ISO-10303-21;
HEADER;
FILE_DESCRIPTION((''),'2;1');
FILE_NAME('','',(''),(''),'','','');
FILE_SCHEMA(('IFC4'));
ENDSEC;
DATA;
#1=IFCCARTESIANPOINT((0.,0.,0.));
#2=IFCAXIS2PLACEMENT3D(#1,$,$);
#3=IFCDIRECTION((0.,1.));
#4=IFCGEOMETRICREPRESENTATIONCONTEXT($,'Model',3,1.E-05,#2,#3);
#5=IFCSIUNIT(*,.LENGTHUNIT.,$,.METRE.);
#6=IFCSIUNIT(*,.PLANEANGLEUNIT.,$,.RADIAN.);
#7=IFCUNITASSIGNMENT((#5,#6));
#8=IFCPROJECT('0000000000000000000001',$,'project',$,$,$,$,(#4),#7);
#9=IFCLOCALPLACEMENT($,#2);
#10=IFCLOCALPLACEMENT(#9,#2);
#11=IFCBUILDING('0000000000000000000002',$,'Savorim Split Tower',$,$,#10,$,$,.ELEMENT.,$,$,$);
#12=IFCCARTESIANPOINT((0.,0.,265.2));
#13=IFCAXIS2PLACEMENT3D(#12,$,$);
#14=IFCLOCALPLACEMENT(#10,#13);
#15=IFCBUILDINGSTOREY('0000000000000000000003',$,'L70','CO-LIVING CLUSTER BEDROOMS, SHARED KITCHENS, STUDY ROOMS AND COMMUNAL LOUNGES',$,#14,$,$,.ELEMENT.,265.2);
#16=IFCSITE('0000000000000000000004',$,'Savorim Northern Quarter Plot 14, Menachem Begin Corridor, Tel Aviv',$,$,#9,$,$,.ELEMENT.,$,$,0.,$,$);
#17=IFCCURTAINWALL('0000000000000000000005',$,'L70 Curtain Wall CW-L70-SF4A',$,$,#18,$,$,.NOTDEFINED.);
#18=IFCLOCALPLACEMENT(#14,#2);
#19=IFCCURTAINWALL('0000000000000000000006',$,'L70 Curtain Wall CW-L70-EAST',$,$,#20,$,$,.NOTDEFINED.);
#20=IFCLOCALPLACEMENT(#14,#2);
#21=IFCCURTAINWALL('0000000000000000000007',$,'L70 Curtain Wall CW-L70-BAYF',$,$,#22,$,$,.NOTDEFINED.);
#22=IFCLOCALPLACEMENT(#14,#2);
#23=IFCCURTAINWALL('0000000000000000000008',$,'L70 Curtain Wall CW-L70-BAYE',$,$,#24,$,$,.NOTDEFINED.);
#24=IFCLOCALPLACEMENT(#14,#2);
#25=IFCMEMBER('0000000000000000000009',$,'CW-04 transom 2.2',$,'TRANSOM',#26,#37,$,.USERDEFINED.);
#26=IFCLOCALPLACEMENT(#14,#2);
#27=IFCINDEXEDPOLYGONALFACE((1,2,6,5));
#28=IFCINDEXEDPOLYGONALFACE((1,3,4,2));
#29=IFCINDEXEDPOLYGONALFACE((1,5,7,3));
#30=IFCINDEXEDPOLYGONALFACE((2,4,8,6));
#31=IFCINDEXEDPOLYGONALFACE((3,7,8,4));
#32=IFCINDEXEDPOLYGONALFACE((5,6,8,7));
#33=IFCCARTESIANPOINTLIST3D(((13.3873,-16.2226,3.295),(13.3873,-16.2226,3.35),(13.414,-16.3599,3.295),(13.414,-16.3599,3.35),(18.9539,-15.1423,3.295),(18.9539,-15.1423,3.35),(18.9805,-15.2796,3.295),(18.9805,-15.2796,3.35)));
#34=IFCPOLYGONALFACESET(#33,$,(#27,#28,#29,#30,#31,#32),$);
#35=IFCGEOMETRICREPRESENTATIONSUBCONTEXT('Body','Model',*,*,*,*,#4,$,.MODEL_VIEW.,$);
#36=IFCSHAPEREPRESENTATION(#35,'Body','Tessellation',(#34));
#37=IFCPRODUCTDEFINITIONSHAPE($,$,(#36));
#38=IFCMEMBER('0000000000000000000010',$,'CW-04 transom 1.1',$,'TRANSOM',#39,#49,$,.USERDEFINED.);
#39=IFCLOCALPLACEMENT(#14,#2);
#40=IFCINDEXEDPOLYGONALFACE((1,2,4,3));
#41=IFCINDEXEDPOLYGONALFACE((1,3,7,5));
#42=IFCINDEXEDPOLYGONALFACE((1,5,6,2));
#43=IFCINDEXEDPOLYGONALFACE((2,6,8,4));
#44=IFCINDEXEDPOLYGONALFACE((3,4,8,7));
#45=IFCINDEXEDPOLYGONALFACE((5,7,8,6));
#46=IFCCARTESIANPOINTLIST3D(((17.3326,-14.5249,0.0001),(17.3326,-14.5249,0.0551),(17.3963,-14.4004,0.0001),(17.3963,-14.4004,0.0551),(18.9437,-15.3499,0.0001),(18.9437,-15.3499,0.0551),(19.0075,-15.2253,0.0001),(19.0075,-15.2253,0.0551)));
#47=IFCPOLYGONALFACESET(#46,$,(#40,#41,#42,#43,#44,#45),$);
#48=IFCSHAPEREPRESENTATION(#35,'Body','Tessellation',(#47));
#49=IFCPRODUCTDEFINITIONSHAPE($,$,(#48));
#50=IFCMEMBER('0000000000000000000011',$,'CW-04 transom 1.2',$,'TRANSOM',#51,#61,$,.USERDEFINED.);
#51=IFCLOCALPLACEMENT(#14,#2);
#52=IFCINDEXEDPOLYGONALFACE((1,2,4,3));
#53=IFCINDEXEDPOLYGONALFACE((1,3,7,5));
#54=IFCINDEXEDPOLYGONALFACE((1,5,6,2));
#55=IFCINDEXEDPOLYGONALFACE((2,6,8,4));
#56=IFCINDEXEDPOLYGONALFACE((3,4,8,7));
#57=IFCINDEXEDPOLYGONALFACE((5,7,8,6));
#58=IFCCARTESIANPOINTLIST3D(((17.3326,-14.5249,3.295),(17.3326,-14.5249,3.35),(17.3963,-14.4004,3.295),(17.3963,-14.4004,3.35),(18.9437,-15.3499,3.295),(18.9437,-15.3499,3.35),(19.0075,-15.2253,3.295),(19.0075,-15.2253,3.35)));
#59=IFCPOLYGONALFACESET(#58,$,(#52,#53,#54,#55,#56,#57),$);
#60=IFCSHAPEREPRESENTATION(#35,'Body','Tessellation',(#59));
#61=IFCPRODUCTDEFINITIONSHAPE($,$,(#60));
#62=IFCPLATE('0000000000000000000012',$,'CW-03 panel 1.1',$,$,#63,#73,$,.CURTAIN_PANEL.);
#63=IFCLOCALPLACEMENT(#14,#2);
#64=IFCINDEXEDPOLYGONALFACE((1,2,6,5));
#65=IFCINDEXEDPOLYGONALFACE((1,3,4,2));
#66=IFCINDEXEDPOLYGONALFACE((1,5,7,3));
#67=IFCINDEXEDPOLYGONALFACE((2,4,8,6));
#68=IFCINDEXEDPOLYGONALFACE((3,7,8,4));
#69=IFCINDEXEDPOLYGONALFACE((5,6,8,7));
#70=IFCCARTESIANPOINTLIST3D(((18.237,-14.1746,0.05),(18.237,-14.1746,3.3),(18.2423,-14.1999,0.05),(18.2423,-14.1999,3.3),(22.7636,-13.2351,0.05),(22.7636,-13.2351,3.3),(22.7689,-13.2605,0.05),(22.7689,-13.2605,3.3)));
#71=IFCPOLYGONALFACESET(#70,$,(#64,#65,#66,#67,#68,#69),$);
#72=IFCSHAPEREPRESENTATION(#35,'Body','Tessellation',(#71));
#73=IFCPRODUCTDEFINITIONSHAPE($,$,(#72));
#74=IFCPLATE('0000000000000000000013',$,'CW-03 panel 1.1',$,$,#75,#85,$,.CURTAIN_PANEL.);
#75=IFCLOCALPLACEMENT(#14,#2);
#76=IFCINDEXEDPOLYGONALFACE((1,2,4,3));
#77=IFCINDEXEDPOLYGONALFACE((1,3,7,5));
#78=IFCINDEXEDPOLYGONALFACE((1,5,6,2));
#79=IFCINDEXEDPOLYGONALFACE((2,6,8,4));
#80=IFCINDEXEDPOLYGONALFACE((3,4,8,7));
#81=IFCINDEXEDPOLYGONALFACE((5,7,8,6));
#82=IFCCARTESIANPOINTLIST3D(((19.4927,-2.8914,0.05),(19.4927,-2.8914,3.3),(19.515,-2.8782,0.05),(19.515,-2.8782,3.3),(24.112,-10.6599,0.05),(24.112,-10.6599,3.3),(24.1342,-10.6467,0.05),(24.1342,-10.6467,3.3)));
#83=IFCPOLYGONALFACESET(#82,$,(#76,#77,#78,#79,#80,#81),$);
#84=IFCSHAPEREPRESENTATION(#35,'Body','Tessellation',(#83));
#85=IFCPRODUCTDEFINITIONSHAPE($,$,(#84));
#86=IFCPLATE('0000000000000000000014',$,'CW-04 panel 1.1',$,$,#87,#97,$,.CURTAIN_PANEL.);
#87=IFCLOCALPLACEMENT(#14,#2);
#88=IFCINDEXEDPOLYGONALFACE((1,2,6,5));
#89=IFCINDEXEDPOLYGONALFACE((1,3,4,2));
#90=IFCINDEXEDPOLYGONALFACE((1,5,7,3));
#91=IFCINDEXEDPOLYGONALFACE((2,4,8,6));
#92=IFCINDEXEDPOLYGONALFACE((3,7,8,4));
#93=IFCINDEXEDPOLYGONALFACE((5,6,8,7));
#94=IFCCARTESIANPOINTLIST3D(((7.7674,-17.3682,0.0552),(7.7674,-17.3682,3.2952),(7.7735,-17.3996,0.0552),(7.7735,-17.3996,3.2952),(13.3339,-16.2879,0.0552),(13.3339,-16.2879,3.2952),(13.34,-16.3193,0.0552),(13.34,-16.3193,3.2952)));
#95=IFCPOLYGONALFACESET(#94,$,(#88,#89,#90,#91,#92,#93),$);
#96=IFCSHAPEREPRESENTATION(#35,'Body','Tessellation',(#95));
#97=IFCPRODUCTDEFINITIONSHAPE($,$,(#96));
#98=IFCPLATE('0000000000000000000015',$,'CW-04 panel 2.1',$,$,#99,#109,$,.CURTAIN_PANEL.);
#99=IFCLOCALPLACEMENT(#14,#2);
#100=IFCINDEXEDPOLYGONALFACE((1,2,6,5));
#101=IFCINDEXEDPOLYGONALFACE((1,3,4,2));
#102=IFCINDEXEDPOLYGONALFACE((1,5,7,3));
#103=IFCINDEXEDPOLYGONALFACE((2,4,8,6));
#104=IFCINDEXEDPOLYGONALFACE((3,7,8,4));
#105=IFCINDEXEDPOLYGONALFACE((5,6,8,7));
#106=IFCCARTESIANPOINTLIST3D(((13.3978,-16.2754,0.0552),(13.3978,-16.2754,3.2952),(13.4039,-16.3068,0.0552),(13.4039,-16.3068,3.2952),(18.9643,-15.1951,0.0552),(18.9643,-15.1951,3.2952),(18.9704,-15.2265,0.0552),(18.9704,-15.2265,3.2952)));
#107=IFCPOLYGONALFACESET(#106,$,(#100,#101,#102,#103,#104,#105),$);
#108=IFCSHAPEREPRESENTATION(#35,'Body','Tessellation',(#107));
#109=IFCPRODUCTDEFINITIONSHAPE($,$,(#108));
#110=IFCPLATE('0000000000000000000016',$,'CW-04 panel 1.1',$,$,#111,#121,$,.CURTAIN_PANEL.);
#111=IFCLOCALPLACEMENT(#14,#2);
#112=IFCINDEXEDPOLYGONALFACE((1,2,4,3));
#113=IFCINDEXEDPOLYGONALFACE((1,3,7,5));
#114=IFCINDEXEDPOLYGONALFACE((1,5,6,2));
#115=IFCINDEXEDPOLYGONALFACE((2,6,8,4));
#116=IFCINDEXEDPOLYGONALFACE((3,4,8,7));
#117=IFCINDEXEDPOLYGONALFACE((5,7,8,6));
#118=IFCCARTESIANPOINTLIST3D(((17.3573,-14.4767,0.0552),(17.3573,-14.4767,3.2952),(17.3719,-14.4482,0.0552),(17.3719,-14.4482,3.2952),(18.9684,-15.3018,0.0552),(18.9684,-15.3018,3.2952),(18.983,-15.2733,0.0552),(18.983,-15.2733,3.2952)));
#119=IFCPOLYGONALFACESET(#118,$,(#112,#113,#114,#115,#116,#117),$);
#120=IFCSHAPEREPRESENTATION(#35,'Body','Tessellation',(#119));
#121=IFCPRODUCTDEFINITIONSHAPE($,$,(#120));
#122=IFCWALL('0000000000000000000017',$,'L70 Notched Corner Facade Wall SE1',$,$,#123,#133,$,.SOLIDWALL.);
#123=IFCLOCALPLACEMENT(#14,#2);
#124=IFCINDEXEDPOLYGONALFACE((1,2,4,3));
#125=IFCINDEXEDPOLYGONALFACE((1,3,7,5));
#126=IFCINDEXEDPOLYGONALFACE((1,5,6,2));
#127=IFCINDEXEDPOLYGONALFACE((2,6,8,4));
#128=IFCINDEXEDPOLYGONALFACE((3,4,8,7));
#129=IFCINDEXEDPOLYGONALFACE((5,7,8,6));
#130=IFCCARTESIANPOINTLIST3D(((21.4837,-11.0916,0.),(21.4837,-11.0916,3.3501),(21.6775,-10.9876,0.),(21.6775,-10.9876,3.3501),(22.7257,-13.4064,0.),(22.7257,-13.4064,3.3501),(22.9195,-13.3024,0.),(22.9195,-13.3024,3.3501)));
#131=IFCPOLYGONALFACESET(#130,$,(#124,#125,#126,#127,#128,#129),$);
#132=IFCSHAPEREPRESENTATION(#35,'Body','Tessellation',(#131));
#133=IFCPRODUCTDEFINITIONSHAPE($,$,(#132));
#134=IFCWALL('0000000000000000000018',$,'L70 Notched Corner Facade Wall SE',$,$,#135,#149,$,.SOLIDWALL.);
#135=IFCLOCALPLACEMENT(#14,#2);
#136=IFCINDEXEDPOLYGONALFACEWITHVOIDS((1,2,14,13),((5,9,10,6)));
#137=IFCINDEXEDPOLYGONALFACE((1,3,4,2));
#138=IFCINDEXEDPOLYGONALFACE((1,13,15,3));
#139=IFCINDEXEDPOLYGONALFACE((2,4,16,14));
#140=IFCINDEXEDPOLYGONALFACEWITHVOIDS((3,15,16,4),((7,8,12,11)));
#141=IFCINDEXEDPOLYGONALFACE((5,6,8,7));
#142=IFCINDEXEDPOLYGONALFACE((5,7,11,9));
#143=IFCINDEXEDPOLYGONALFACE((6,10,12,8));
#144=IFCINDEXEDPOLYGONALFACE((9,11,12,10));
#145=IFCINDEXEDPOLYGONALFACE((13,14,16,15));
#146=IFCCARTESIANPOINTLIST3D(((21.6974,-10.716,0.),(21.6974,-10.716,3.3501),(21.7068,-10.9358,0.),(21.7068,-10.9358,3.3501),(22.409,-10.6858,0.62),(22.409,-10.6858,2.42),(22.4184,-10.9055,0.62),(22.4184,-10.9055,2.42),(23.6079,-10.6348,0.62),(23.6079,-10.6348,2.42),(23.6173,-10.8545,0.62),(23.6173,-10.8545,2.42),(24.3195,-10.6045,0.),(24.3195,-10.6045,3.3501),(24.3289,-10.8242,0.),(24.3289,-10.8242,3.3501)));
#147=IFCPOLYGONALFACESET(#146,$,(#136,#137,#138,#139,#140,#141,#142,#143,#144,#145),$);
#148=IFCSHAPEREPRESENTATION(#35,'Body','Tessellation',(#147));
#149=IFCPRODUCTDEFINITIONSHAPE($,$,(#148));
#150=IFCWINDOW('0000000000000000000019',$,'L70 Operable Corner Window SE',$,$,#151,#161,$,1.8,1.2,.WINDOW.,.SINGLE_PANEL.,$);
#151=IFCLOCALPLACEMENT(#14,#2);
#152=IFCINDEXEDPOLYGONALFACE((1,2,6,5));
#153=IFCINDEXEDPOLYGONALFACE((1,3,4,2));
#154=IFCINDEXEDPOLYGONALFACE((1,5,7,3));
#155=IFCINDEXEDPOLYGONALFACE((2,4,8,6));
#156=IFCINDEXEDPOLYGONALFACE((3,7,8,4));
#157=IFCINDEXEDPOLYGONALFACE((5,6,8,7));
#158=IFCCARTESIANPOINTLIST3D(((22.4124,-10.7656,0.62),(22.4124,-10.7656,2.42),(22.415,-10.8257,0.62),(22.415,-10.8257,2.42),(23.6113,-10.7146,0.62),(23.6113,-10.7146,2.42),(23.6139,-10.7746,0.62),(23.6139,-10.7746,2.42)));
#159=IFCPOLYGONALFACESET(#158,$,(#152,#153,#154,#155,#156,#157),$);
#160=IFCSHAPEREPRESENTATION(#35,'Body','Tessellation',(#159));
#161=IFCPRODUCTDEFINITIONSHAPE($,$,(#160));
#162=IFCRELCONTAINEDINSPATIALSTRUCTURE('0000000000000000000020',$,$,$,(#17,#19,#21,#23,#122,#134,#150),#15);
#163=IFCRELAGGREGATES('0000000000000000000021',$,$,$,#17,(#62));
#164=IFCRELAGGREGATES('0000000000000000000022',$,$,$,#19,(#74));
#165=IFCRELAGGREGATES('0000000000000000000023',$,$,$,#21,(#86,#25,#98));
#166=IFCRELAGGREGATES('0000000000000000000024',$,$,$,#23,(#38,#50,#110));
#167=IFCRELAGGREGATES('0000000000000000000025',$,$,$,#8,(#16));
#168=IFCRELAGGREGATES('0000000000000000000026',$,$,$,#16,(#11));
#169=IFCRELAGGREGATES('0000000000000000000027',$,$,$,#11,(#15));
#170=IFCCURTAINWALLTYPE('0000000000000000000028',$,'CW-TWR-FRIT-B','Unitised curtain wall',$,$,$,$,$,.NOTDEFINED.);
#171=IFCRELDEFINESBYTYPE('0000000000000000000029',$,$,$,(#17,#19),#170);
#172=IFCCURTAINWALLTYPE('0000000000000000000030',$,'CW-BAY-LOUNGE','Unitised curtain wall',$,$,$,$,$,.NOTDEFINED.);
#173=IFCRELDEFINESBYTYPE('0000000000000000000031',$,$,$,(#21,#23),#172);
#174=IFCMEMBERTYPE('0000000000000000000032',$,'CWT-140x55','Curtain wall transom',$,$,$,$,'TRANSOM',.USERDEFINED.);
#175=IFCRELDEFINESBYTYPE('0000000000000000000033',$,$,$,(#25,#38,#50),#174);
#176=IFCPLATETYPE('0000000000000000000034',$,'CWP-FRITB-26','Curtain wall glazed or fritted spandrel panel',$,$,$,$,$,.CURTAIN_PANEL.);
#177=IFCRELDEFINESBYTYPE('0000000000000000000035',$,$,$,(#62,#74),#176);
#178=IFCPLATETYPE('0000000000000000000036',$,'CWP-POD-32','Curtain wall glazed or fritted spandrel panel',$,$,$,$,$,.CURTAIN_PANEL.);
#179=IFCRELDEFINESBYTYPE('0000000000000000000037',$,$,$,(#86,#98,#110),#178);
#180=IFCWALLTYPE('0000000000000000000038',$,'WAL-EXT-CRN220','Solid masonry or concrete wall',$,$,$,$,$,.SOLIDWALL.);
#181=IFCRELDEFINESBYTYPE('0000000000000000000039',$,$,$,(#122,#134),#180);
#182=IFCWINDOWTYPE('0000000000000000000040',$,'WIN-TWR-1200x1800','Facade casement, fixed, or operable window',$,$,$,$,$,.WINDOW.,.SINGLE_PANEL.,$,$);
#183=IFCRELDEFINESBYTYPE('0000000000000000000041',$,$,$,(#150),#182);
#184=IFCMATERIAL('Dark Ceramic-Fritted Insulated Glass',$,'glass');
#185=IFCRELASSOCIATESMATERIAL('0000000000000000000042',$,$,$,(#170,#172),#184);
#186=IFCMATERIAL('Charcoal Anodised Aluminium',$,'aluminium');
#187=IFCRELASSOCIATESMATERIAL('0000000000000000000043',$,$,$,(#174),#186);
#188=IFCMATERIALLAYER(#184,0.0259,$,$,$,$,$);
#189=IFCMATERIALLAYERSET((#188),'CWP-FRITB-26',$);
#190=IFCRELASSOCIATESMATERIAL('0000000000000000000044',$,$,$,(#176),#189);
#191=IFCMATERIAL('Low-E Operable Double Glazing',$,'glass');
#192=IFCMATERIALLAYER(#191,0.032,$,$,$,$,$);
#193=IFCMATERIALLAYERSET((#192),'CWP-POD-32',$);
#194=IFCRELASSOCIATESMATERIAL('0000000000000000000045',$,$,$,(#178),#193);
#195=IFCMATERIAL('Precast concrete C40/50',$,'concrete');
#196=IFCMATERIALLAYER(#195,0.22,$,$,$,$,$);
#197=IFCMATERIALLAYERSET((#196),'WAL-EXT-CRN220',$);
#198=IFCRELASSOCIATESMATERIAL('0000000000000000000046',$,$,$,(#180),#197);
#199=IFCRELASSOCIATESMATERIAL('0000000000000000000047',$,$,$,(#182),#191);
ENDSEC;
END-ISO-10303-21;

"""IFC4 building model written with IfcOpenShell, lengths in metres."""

from ifc_helpers import new_model, si_unit, direction, frame, frame_2d, origin, origin_2d, place, context, subcontext, project, spatial, rectangle, extrude, material, layer, layer_set, material_profile, profile_set, type_object, element, fill, aggregate, save


model = new_model("IFC4")

# Units and contexts
model_context = context("Model", 3, precision=1e-05, world=origin(), true_north=direction((0.0, 1.0)))
body_context = subcontext(model_context, "Body", "Model", "MODEL_VIEW")
ifc_project = project(units=[si_unit("LENGTHUNIT", "METRE"), si_unit("PLANEANGLEUNIT", "RADIAN")], contexts=[model_context])

# Site, building, storey
site_placement = place(None, origin())
site = spatial("IfcSite", under=ifc_project, at=site_placement, Name="Savorim Northern Quarter Plot 14, Menachem Begin Corridor, Tel Aviv", CompositionType="ELEMENT", RefElevation=0.0)
building_placement = place(site_placement, origin())
building = spatial("IfcBuilding", under=site, at=building_placement, Name="Savorim Split Tower", CompositionType="ELEMENT")
storey_placement = place(building_placement, frame((0.0, 0.0, 265.2)))
storey = spatial("IfcBuildingStorey", under=building, at=storey_placement, Name="L70", Description="CO-LIVING CLUSTER BEDROOMS, SHARED KITCHENS, STUDY ROOMS AND COMMUNAL LOUNGES", CompositionType="ELEMENT", Elevation=265.2)

# Curtain walls
ifc_material_1 = material(Name="Dark Ceramic-Fritted Insulated Glass", Category="glass")
curtain_wall_type_1 = type_object("IfcCurtainWallType", Name="CW-TWR-FRIT-B", Description="Unitised curtain wall", PredefinedType="NOTDEFINED", material=ifc_material_1)
curtain_wall_1_placement = place(storey_placement, origin())
curtain_wall_1 = element("IfcCurtainWall", 1, at=curtain_wall_1_placement, inside=storey, type_object=curtain_wall_type_1, Name="L70 Curtain Wall CW-L70-SF4A", PredefinedType="NOTDEFINED")
ifc_material_2 = material(Name="Charcoal Anodised Aluminium", Category="aluminium")
curtain_wall_2_placement = place(storey_placement, origin())
curtain_wall_2 = element("IfcCurtainWall", 2, at=curtain_wall_2_placement, inside=storey, type_object=curtain_wall_type_1, Name="L70 Curtain Wall CW-L70-EAST", PredefinedType="NOTDEFINED")
curtain_wall_type_2 = type_object("IfcCurtainWallType", Name="CW-BAY-LOUNGE", Description="Unitised curtain wall", PredefinedType="NOTDEFINED", material=ifc_material_1)
curtain_wall_3_placement = place(storey_placement, origin())
curtain_wall_3 = element("IfcCurtainWall", 3, at=curtain_wall_3_placement, inside=storey, type_object=curtain_wall_type_2, Name="L70 Curtain Wall CW-L70-BAYF", PredefinedType="NOTDEFINED")
curtain_wall_4_placement = place(storey_placement, origin())
curtain_wall_4 = element("IfcCurtainWall", 4, at=curtain_wall_4_placement, inside=storey, type_object=curtain_wall_type_2, Name="L70 Curtain Wall CW-L70-BAYE", PredefinedType="NOTDEFINED")

# Members
ifc_material_profile_1 = material_profile(ifc_material_2, rectangle(XDim=0.1399, YDim=0.0549, at=origin_2d()), Name="ALU-T 140x55")
ifc_profile_set_1 = profile_set([ifc_material_profile_1], Name="Charcoal Anodised Aluminium")
member_type_1 = type_object("IfcMemberType", Name="CWT-140x55", Description="Curtain wall transom", ElementType="TRANSOM", PredefinedType="USERDEFINED", material=ifc_profile_set_1)
member_1_placement = place(storey_placement, frame((13.4006, -16.2913, 3.3225), z_axis=(0.981684, 0.190516, 0.0), x_axis=(-0.190516, 0.981684, 0.0)))
member_1 = element("IfcMember", 5, at=member_1_placement, type_object=member_type_1, Name="CW-04 transom 2.2", ObjectType="TRANSOM", PredefinedType="USERDEFINED", context=body_context, shape_type="SweptSolid", body=[
    extrude(rectangle(XDim=0.1399, YDim=0.0549, at=origin_2d()), origin(), (0.0, 0.0, 1.0), 5.6704),
])
member_2_placement = place(storey_placement, frame((18.9756, -15.2876, 0.0276), z_axis=(-0.890097, 0.455772, 0.0), x_axis=(-0.455772, -0.890097, 0.0)))
member_2 = element("IfcMember", 6, at=member_2_placement, type_object=member_type_1, Name="CW-04 transom 1.1", ObjectType="TRANSOM", PredefinedType="USERDEFINED", context=body_context, shape_type="SweptSolid", body=[
    extrude(rectangle(XDim=0.1399, YDim=0.0549, at=origin_2d()), origin(), (0.0, 0.0, 1.0), 1.8101),
])
member_3_placement = place(storey_placement, frame((18.9756, -15.2876, 3.3225), z_axis=(-0.890097, 0.455772, 0.0), x_axis=(-0.455772, -0.890097, 0.0)))
member_3 = element("IfcMember", 7, at=member_3_placement, type_object=member_type_1, Name="CW-04 transom 1.2", ObjectType="TRANSOM", PredefinedType="USERDEFINED", context=body_context, shape_type="SweptSolid", body=[
    extrude(rectangle(XDim=0.1399, YDim=0.0549, at=origin_2d()), origin(), (0.0, 0.0, 1.0), 1.8101),
])

# Plates
ifc_layer_1 = layer(ifc_material_1, 0.0259)
ifc_layer_set_1 = layer_set([ifc_layer_1], Name="CWP-FRITB-26")
plate_type_1 = type_object("IfcPlateType", Name="CWP-FRITB-26", Description="Curtain wall glazed or fritted spandrel panel", PredefinedType="CURTAIN_PANEL", material=ifc_layer_set_1)
plate_1_placement = place(storey_placement, frame((20.5029, -13.7175, 0.05), z_axis=(0.0, 0.0, 1.0), x_axis=(0.979136, 0.203207, 0.0)))
plate_1 = element("IfcPlate", 8, at=plate_1_placement, type_object=plate_type_1, Name="CW-03 panel 1.1", PredefinedType="CURTAIN_PANEL", context=body_context, shape_type="SweptSolid", body=[
    extrude(rectangle(XDim=4.623, YDim=0.0259, at=origin_2d()), origin(), (0.0, 0.0, 1.0), 3.25),
])
aggregate(curtain_wall_1, [plate_1])
plate_2_placement = place(storey_placement, frame((21.8135, -6.769, 0.05), z_axis=(0.0, 0.0, 1.0), x_axis=(-0.51109, 0.859527, 0.0)))
plate_2 = element("IfcPlate", 9, at=plate_2_placement, type_object=plate_type_1, Name="CW-03 panel 1.1", PredefinedType="CURTAIN_PANEL", context=body_context, shape_type="SweptSolid", body=[
    extrude(rectangle(XDim=9.0381, YDim=0.0259, at=origin_2d()), origin(), (0.0, 0.0, 1.0), 3.25),
])
aggregate(curtain_wall_2, [plate_2])
ifc_material_3 = material(Name="Low-E Operable Double Glazing", Category="glass")
ifc_layer_2 = layer(ifc_material_3, 0.032)
ifc_layer_set_2 = layer_set([ifc_layer_2], Name="CWP-POD-32")
plate_type_2 = type_object("IfcPlateType", Name="CWP-POD-32", Description="Curtain wall glazed or fritted spandrel panel", PredefinedType="CURTAIN_PANEL", material=ifc_layer_set_2)
plate_3_placement = place(storey_placement, frame((10.5537, -16.8438, 0.0552), z_axis=(0.0, 0.0, 1.0), x_axis=(0.981683, 0.19052, 0.0)))
plate_3 = element("IfcPlate", 10, at=plate_3_placement, type_object=plate_type_2, Name="CW-04 panel 1.1", PredefinedType="CURTAIN_PANEL", context=body_context, shape_type="SweptSolid", body=[
    extrude(rectangle(XDim=5.6704, YDim=0.032, at=origin_2d()), origin(), (0.0, 0.0, 1.0), 3.24),
])
plate_4_placement = place(storey_placement, frame((16.1841, -15.751, 0.0552), z_axis=(0.0, 0.0, 1.0), x_axis=(0.981683, 0.19052, 0.0)))
plate_4 = element("IfcPlate", 11, at=plate_4_placement, type_object=plate_type_2, Name="CW-04 panel 2.1", PredefinedType="CURTAIN_PANEL", context=body_context, shape_type="SweptSolid", body=[
    extrude(rectangle(XDim=5.6704, YDim=0.032, at=origin_2d()), origin(), (0.0, 0.0, 1.0), 3.24),
])
aggregate(curtain_wall_3, [plate_3, member_1, plate_4])
plate_5_placement = place(storey_placement, frame((18.1702, -14.875, 0.0552), z_axis=(0.0, 0.0, 1.0), x_axis=(-0.890066, 0.455832, 0.0)))
plate_5 = element("IfcPlate", 12, at=plate_5_placement, type_object=plate_type_2, Name="CW-04 panel 1.1", PredefinedType="CURTAIN_PANEL", context=body_context, shape_type="SweptSolid", body=[
    extrude(rectangle(XDim=1.8101, YDim=0.032, at=origin_2d()), origin(), (0.0, 0.0, 1.0), 3.24),
])
aggregate(curtain_wall_4, [member_2, member_3, plate_5])

# Wall
ifc_material_4 = material(Name="Precast concrete C40/50", Category="concrete")
ifc_layer_3 = layer(ifc_material_4, 0.22)
ifc_layer_set_3 = layer_set([ifc_layer_3], Name="WAL-EXT-CRN220")
wall_type = type_object("IfcWallType", Name="WAL-EXT-CRN220", Description="Solid masonry or concrete wall", PredefinedType="SOLIDWALL", material=ifc_layer_set_3)
wall_1_placement = place(storey_placement, frame((21.5806, -11.0396, 0.0), z_axis=(0.0, 0.0, 1.0), x_axis=(0.472791, -0.881174, 0.0)))
element("IfcWall", 13, at=wall_1_placement, inside=storey, type_object=wall_type, Name="L70 Notched Corner Facade Wall SE1", PredefinedType="SOLIDWALL", context=body_context, shape_type="SweptSolid", body=[
    extrude(rectangle(XDim=2.627, YDim=0.22, at=frame_2d((1.3135, 0.0))), origin(), (0.0, 0.0, 1.0), 3.3501),
])

# Wall, opening, window
wall_2_placement = place(storey_placement, frame((24.3242, -10.7144, 0.0), z_axis=(0.0, 0.0, 1.0), x_axis=(-0.999096, -0.042513, 0.0)))
wall_2 = element("IfcWall", 14, at=wall_2_placement, inside=storey, type_object=wall_type, Name="L70 Notched Corner Facade Wall SE", PredefinedType="SOLIDWALL", context=body_context, shape_type="SweptSolid", body=[
    extrude(rectangle(XDim=2.6245, YDim=0.22, at=frame_2d((1.3123, 0.0))), origin(), (0.0, 0.0, 1.0), 3.3501),
])
opening_placement = place(wall_2_placement, frame((0.7122, 0.0, 0.6201)))
opening = element("IfcOpeningElement", 15, at=opening_placement, cuts=wall_2, PredefinedType="OPENING", context=body_context, shape_type="SweptSolid", body=[
    extrude(rectangle(XDim=1.2, YDim=1.8, at=frame_2d((0.6001, 0.8999))), frame((0.0, 0.1199, 0.0), z_axis=(0.0, -1.0, 0.0), x_axis=(1.0, 0.0, 0.0)), (0.0, 0.0, 1.0), 0.24),
])
window_type = type_object("IfcWindowType", Name="WIN-TWR-1200x1800", Description="Facade casement, fixed, or operable window", PartitioningType="SINGLE_PANEL", PredefinedType="WINDOW", material=ifc_material_3)
window_placement = place(opening_placement, origin())
window = element("IfcWindow", 16, at=window_placement, inside=storey, type_object=window_type, Name="L70 Operable Corner Window SE", OverallHeight=1.8, OverallWidth=1.2, PartitioningType="SINGLE_PANEL", PredefinedType="WINDOW", context=body_context, shape_type="SweptSolid", body=[
    extrude(rectangle(XDim=1.2, YDim=1.8, at=frame_2d((0.6001, 0.8999))), frame((0.0, 0.03, 0.0), z_axis=(0.0, -1.0, 0.0), x_axis=(1.0, 0.0, 0.0)), (0.0, 0.0, 1.0), 0.0601),
])
fill(opening, window)

save(model, "model.ifc")
